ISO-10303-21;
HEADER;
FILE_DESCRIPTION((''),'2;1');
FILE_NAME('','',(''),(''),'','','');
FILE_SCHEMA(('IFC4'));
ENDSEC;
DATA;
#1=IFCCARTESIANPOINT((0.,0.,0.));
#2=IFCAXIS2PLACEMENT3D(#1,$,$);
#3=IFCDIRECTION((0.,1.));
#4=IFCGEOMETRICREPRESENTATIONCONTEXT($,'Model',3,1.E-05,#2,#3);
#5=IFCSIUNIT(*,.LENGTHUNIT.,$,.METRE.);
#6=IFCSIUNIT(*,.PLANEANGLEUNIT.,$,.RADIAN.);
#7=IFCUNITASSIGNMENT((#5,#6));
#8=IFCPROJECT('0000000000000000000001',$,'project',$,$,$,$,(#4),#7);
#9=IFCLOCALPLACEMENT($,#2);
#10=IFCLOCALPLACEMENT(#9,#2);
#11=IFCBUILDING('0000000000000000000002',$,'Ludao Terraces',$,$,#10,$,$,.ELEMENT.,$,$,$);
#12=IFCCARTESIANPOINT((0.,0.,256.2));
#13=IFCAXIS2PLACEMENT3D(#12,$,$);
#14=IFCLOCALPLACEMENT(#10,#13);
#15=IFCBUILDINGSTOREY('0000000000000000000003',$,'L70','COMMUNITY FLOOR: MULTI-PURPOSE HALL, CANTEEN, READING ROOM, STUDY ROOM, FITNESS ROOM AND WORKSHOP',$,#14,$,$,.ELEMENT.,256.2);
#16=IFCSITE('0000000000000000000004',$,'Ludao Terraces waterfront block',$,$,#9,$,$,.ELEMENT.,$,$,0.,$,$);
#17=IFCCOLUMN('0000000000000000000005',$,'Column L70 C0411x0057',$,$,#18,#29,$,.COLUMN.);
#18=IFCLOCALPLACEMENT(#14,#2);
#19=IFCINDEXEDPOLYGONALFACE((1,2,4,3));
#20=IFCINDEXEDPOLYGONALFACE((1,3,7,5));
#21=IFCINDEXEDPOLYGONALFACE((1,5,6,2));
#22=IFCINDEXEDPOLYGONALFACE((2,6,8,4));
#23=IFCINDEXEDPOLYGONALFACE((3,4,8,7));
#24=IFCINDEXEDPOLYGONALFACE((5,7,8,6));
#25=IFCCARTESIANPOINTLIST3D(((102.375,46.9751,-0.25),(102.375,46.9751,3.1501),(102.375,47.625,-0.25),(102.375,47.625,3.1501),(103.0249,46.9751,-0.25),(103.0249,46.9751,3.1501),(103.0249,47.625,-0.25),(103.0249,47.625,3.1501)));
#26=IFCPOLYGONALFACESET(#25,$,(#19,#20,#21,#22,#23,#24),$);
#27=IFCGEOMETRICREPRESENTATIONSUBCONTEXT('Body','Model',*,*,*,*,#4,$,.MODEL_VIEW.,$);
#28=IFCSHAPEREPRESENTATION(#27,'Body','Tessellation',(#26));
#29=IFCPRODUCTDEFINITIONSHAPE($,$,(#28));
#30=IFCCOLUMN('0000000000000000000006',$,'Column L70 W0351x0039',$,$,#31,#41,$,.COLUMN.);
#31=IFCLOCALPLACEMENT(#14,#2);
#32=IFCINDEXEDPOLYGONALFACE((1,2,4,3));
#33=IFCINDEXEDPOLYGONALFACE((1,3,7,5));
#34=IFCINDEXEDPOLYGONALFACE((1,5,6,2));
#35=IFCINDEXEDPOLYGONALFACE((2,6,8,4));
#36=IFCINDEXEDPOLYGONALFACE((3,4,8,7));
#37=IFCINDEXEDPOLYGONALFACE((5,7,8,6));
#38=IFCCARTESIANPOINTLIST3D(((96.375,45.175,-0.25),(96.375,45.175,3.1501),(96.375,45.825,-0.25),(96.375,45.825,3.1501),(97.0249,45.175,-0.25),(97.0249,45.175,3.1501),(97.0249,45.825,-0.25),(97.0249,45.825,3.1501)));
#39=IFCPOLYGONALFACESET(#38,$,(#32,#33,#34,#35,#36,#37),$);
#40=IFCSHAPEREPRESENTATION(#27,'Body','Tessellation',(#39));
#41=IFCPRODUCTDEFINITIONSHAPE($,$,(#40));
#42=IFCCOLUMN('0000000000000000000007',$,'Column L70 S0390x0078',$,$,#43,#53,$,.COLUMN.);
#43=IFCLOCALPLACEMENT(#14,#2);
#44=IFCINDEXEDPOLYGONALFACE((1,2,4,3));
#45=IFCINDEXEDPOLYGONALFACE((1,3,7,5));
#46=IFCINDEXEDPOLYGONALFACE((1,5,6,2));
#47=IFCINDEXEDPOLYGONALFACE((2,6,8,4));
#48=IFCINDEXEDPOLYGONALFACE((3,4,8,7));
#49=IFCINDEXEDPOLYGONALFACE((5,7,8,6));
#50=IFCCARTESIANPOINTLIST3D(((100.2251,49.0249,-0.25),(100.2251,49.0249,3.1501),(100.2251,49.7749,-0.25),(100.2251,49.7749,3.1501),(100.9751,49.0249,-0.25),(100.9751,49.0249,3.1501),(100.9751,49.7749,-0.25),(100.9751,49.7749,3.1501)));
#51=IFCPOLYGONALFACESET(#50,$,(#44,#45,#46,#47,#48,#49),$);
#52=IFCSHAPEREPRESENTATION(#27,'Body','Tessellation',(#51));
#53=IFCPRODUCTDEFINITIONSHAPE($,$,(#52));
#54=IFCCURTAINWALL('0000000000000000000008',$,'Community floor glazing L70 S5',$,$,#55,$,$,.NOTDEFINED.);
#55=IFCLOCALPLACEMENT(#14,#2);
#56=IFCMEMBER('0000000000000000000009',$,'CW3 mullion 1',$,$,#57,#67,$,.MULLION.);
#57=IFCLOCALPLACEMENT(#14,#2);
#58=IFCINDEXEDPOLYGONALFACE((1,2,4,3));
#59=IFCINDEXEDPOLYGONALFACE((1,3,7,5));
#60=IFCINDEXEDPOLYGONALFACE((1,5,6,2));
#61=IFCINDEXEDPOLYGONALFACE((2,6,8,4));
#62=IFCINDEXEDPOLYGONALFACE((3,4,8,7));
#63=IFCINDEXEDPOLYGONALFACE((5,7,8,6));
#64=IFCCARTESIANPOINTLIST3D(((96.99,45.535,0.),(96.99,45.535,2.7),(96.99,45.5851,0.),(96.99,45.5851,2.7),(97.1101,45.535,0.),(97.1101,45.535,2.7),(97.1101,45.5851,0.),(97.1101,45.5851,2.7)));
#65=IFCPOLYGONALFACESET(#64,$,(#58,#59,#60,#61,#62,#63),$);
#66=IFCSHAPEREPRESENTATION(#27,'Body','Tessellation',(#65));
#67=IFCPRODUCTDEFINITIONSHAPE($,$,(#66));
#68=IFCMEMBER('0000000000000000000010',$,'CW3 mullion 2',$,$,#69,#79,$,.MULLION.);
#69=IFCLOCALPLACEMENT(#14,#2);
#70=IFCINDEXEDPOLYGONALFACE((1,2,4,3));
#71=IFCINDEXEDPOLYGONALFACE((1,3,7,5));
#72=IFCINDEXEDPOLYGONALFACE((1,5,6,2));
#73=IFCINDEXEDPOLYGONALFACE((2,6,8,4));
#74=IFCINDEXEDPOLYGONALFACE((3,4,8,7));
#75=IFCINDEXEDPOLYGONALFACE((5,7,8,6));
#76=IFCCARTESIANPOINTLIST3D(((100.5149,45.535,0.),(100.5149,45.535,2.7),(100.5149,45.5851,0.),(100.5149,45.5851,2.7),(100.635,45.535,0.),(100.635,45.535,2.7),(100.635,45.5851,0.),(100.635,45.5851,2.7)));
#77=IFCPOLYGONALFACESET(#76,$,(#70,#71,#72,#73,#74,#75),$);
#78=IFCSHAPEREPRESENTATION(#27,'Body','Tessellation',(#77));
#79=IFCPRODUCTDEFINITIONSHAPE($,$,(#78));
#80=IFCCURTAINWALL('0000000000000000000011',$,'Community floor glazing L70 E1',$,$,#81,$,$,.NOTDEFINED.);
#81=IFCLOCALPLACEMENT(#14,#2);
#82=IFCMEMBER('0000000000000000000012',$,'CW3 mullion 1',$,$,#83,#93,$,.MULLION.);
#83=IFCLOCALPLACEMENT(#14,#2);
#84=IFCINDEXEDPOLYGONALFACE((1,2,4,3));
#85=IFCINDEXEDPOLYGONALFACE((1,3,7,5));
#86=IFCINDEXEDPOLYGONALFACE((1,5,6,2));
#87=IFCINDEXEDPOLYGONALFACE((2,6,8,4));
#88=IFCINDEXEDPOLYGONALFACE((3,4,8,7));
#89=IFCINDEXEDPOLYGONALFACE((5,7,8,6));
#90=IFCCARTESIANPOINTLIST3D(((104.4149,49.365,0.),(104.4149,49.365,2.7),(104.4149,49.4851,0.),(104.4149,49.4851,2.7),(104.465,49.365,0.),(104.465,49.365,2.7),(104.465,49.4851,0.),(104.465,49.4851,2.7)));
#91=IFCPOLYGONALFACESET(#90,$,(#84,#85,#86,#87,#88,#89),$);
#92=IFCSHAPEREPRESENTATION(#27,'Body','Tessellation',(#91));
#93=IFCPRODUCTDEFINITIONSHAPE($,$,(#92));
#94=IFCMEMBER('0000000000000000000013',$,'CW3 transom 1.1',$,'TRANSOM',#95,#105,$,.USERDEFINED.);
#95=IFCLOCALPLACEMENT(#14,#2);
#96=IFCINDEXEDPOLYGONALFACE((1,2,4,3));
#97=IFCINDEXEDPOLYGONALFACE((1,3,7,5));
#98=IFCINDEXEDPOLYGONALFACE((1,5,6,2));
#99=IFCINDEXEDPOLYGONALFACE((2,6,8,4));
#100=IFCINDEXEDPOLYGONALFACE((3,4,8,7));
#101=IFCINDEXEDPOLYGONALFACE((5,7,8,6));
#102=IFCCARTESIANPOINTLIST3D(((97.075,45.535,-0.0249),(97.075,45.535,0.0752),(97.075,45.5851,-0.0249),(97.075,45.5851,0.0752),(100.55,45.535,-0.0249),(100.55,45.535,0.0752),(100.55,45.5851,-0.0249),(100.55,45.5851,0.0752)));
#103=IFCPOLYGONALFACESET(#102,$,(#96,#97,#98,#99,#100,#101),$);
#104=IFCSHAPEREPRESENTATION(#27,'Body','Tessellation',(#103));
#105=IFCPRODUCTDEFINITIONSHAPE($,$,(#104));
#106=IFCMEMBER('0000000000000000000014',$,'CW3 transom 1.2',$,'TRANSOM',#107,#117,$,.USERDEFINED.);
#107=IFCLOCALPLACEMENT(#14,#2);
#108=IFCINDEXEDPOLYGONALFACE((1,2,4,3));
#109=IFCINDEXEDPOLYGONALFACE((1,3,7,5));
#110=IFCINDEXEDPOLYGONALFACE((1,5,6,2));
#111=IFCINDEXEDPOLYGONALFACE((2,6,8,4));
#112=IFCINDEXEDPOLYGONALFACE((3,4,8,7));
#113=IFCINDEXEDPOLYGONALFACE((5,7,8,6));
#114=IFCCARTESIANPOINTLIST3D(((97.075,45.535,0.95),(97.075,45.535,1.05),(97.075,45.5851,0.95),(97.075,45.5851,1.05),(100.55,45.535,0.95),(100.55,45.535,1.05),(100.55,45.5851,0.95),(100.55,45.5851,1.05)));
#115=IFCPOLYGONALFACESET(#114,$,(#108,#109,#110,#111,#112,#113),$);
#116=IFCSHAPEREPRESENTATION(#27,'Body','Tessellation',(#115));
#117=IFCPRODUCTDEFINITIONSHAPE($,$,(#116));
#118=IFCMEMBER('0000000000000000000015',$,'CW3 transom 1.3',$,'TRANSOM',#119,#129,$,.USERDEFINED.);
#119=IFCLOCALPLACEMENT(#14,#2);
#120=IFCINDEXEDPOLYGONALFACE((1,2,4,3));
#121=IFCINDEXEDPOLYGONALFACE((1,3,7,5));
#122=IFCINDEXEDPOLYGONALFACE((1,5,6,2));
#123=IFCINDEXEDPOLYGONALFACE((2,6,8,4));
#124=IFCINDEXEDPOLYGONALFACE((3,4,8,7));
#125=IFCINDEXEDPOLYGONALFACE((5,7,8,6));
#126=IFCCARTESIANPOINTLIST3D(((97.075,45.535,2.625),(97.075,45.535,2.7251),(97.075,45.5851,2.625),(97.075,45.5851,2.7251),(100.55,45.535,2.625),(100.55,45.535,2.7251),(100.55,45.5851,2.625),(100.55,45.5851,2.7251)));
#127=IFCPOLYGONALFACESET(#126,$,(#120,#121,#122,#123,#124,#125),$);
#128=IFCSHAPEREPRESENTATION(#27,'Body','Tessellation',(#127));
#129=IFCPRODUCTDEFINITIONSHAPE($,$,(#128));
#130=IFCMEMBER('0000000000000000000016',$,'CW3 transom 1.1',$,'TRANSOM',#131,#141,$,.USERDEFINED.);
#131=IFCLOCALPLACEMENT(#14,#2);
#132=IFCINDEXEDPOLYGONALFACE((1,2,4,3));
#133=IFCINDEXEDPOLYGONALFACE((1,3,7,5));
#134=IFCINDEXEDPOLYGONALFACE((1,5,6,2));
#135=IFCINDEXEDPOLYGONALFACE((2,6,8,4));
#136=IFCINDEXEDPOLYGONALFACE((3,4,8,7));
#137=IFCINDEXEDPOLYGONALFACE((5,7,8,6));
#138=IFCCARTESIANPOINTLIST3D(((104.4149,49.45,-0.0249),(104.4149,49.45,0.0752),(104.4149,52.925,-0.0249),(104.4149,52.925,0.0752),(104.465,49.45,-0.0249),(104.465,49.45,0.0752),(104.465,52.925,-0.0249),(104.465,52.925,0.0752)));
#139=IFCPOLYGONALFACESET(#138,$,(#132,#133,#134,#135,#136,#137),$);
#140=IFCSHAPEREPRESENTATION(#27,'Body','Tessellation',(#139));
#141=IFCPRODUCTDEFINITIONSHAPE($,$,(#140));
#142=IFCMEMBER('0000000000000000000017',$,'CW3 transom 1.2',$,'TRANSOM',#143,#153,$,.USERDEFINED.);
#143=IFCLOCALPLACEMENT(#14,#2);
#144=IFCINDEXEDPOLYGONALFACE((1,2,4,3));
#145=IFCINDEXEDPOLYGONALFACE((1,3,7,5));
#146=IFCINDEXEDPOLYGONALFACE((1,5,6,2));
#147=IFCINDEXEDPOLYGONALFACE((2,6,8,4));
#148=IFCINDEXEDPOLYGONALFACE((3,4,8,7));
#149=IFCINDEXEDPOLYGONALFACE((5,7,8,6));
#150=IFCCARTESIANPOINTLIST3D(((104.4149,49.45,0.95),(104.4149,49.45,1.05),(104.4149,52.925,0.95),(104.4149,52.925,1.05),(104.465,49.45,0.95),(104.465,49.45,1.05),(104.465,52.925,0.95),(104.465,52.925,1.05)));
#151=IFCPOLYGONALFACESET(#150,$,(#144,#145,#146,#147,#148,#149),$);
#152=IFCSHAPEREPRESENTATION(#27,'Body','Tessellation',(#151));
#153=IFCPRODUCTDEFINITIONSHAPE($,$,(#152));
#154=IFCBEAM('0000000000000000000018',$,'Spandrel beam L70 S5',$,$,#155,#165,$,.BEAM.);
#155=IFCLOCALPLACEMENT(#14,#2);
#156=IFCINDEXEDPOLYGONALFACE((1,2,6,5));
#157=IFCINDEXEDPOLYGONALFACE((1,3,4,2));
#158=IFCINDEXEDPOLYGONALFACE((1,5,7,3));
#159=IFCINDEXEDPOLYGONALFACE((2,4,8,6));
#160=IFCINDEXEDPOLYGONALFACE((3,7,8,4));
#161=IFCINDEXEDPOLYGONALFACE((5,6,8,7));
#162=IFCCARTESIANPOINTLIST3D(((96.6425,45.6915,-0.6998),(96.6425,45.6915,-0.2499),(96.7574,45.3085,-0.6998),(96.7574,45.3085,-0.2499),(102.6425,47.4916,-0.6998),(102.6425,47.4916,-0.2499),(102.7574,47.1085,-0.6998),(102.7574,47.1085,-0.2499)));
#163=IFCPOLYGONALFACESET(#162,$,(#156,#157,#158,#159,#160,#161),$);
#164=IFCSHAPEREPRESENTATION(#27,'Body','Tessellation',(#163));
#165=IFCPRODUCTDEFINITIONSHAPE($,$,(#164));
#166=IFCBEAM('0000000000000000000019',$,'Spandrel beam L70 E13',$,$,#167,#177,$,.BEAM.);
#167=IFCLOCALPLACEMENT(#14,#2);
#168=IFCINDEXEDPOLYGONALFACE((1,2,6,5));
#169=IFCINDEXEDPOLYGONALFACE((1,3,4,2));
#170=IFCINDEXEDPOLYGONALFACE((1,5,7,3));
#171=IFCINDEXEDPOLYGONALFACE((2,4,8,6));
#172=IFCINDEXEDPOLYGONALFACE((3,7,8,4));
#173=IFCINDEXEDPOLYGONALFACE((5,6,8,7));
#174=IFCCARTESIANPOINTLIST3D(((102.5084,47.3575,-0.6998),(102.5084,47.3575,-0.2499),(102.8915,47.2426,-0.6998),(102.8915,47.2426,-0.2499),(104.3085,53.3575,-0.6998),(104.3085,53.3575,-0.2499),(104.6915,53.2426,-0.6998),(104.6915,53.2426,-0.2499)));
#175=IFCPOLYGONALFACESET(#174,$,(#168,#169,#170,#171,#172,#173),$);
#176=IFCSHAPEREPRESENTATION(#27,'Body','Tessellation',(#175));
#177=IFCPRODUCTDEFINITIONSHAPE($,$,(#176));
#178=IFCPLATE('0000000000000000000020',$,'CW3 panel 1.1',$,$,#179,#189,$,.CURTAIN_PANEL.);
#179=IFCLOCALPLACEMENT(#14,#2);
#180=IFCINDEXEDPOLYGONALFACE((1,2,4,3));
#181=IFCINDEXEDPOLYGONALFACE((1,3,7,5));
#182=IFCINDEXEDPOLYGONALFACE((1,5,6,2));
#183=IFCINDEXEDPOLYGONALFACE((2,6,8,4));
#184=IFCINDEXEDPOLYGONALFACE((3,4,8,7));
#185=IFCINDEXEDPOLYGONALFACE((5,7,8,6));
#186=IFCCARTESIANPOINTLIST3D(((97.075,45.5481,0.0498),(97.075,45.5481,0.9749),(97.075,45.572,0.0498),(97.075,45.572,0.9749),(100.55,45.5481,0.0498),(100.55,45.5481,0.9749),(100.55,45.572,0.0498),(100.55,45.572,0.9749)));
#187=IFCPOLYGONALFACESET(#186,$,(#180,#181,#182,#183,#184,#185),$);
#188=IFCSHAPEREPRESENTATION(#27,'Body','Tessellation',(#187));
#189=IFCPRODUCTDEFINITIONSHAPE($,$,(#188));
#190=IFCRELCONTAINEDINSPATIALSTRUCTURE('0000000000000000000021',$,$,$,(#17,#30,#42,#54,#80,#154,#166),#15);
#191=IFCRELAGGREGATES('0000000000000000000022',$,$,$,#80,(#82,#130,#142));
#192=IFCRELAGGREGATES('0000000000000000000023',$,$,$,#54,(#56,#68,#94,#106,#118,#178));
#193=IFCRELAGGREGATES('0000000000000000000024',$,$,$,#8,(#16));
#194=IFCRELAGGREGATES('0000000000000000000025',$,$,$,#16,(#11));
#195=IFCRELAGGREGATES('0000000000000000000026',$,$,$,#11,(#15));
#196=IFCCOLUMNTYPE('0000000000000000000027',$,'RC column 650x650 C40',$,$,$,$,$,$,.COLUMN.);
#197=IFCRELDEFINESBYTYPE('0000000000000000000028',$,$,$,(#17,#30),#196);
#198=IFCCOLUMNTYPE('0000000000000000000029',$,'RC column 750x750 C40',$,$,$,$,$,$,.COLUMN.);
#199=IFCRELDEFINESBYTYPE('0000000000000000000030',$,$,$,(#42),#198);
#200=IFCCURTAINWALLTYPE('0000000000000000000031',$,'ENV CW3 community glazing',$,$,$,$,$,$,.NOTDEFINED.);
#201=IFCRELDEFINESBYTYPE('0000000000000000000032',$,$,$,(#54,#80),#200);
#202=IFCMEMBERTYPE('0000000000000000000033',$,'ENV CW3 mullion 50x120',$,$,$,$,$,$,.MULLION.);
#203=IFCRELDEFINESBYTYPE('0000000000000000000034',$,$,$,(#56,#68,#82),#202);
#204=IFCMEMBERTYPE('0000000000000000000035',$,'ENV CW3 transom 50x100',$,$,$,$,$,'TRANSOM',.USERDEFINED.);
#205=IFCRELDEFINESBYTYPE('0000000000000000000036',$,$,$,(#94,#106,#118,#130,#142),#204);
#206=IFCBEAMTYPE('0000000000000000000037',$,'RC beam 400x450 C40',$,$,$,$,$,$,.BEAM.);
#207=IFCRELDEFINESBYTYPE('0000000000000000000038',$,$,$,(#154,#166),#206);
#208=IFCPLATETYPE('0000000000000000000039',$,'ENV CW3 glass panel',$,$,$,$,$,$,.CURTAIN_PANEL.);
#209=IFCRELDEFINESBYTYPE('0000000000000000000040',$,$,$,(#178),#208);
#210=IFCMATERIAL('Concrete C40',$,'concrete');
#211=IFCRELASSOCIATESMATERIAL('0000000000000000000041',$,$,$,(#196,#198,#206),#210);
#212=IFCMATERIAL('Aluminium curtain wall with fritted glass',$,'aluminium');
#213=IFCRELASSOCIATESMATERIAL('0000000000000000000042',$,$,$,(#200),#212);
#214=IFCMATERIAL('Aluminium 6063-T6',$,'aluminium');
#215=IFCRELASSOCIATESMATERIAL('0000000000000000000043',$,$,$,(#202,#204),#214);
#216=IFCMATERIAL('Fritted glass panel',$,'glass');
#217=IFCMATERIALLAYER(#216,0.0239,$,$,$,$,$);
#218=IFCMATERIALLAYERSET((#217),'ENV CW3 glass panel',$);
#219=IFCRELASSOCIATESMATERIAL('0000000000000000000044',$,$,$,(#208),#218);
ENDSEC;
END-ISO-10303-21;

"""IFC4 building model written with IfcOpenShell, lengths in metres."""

from ifc_helpers import new_model, si_unit, direction, frame, origin, origin_2d, place, context, subcontext, project, spatial, rectangle, extrude, material, layer, layer_set, material_profile, profile_set, type_object, element, aggregate, save


model = new_model("IFC4")

# Units and contexts
model_context = context("Model", 3, precision=1e-05, world=origin(), true_north=direction((0.0, 1.0)))
body_context = subcontext(model_context, "Body", "Model", "MODEL_VIEW")
ifc_project = project(units=[si_unit("LENGTHUNIT", "METRE"), si_unit("PLANEANGLEUNIT", "RADIAN")], contexts=[model_context])

# Site, building, storey
site_placement = place(None, origin())
site = spatial("IfcSite", under=ifc_project, at=site_placement, Name="Ludao Terraces waterfront block", CompositionType="ELEMENT", RefElevation=0.0)
building_placement = place(site_placement, origin())
building = spatial("IfcBuilding", under=site, at=building_placement, Name="Ludao Terraces", CompositionType="ELEMENT")
storey_placement = place(building_placement, frame((0.0, 0.0, 256.2)))
storey = spatial("IfcBuildingStorey", under=building, at=storey_placement, Name="L70", Description="COMMUNITY FLOOR: MULTI-PURPOSE HALL, CANTEEN, READING ROOM, STUDY ROOM, FITNESS ROOM AND WORKSHOP", CompositionType="ELEMENT", Elevation=256.2)

# Columns
ifc_material_1 = material(Name="Concrete C40", Category="concrete")
ifc_material_profile_1 = material_profile(ifc_material_1, rectangle(XDim=0.6499, YDim=0.6499, at=origin_2d()), Name="650 X 650")
ifc_profile_set_1 = profile_set([ifc_material_profile_1], Name="Concrete C40")
column_type_1 = type_object("IfcColumnType", Name="RC column 650x650 C40", PredefinedType="COLUMN", material=ifc_profile_set_1)
for number, where, z_axis, x_axis, name in (
    (1, (102.7, 47.3, -0.25), (0.0, 0.0, 1.0), (1.0, 0.0, 0.0), "Column L70 C0411x0057"),
    (2, (96.7, 45.5, -0.25), (0.0, 0.0, 1.0), (1.0, 0.0, 0.0), "Column L70 W0351x0039"),
):
    element("IfcColumn", number, at=place(storey_placement, frame(where, z_axis=z_axis, x_axis=x_axis)), inside=storey, type_object=column_type_1, Name=name, PredefinedType="COLUMN", context=body_context, shape_type="SweptSolid", body=[
        extrude(rectangle(XDim=0.6499, YDim=0.6499, at=origin_2d()), origin(), (0.0, 0.0, 1.0), 3.4001),
    ])
ifc_material_profile_2 = material_profile(ifc_material_1, rectangle(XDim=0.75, YDim=0.75, at=origin_2d()), Name="750 X 750")
ifc_profile_set_2 = profile_set([ifc_material_profile_2], Name="Concrete C40")
column_type_2 = type_object("IfcColumnType", Name="RC column 750x750 C40", PredefinedType="COLUMN", material=ifc_profile_set_2)
column_placement = place(storey_placement, frame((100.6001, 49.3999, -0.25), z_axis=(0.0, 0.0, 1.0), x_axis=(1.0, 0.0, 0.0)))
element("IfcColumn", 3, at=column_placement, inside=storey, type_object=column_type_2, Name="Column L70 S0390x0078", PredefinedType="COLUMN", context=body_context, shape_type="SweptSolid", body=[
    extrude(rectangle(XDim=0.75, YDim=0.75, at=origin_2d()), origin(), (0.0, 0.0, 1.0), 3.4001),
])

# Curtain wall, members
ifc_material_2 = material(Name="Aluminium curtain wall with fritted glass", Category="aluminium")
curtain_wall_type = type_object("IfcCurtainWallType", Name="ENV CW3 community glazing", PredefinedType="NOTDEFINED", material=ifc_material_2)
curtain_wall_1_placement = place(storey_placement, origin())
curtain_wall_1 = element("IfcCurtainWall", 4, at=curtain_wall_1_placement, inside=storey, type_object=curtain_wall_type, Name="Community floor glazing L70 S5", PredefinedType="NOTDEFINED")
ifc_material_3 = material(Name="Aluminium 6063-T6", Category="aluminium")
ifc_material_profile_3 = material_profile(ifc_material_3, rectangle(XDim=0.05, YDim=0.1201, at=origin_2d()), Name="50 X 120")
ifc_profile_set_3 = profile_set([ifc_material_profile_3], Name="Aluminium 6063-T6")
member_type_1 = type_object("IfcMemberType", Name="ENV CW3 mullion 50x120", PredefinedType="MULLION", material=ifc_profile_set_3)
member_1_placement = place(storey_placement, frame((97.05, 45.5601, 0.0), z_axis=(0.0, 0.0, 1.0), x_axis=(0.0, 1.0, 0.0)))
member_1 = element("IfcMember", 5, at=member_1_placement, type_object=member_type_1, Name="CW3 mullion 1", PredefinedType="MULLION", context=body_context, shape_type="SweptSolid", body=[
    extrude(rectangle(XDim=0.05, YDim=0.1201, at=origin_2d()), origin(), (0.0, 0.0, 1.0), 2.7),
])
member_2_placement = place(storey_placement, frame((100.575, 45.5601, 0.0), z_axis=(0.0, 0.0, 1.0), x_axis=(0.0, 1.0, 0.0)))
member_2 = element("IfcMember", 6, at=member_2_placement, type_object=member_type_1, Name="CW3 mullion 2", PredefinedType="MULLION", context=body_context, shape_type="SweptSolid", body=[
    extrude(rectangle(XDim=0.05, YDim=0.1201, at=origin_2d()), origin(), (0.0, 0.0, 1.0), 2.7),
])

# Curtain wall, member
curtain_wall_2_placement = place(storey_placement, origin())
curtain_wall_2 = element("IfcCurtainWall", 7, at=curtain_wall_2_placement, inside=storey, type_object=curtain_wall_type, Name="Community floor glazing L70 E1", PredefinedType="NOTDEFINED")
member_3_placement = place(storey_placement, frame((104.4399, 49.425, 0.0), z_axis=(0.0, 0.0, 1.0), x_axis=(-1.0, 0.0, 0.0)))
member_3 = element("IfcMember", 8, at=member_3_placement, type_object=member_type_1, Name="CW3 mullion 1", PredefinedType="MULLION", context=body_context, shape_type="SweptSolid", body=[
    extrude(rectangle(XDim=0.05, YDim=0.1201, at=origin_2d()), origin(), (0.0, 0.0, 1.0), 2.7),
])

# Members
ifc_material_profile_4 = material_profile(ifc_material_3, rectangle(XDim=0.05, YDim=0.1001, at=origin_2d()), Name="50 X 100")
ifc_profile_set_4 = profile_set([ifc_material_profile_4], Name="Aluminium 6063-T6")
member_type_2 = type_object("IfcMemberType", Name="ENV CW3 transom 50x100", ElementType="TRANSOM", PredefinedType="USERDEFINED", material=ifc_profile_set_4)
member_4_placement = place(storey_placement, frame((97.075, 45.5601, 0.0251), z_axis=(1.0, 0.0, 0.0), x_axis=(0.0, 1.0, 0.0)))
member_4 = element("IfcMember", 9, at=member_4_placement, type_object=member_type_2, Name="CW3 transom 1.1", ObjectType="TRANSOM", PredefinedType="USERDEFINED", context=body_context, shape_type="SweptSolid", body=[
    extrude(rectangle(XDim=0.05, YDim=0.1001, at=origin_2d()), origin(), (0.0, 0.0, 1.0), 3.4751),
])
member_5_placement = place(storey_placement, frame((97.075, 45.5601, 1.0), z_axis=(1.0, 0.0, 0.0), x_axis=(0.0, 1.0, 0.0)))
member_5 = element("IfcMember", 10, at=member_5_placement, type_object=member_type_2, Name="CW3 transom 1.2", ObjectType="TRANSOM", PredefinedType="USERDEFINED", context=body_context, shape_type="SweptSolid", body=[
    extrude(rectangle(XDim=0.05, YDim=0.1001, at=origin_2d()), origin(), (0.0, 0.0, 1.0), 3.4751),
])
member_6_placement = place(storey_placement, frame((97.075, 45.5601, 2.675), z_axis=(1.0, 0.0, 0.0), x_axis=(0.0, 1.0, 0.0)))
member_6 = element("IfcMember", 11, at=member_6_placement, type_object=member_type_2, Name="CW3 transom 1.3", ObjectType="TRANSOM", PredefinedType="USERDEFINED", context=body_context, shape_type="SweptSolid", body=[
    extrude(rectangle(XDim=0.05, YDim=0.1001, at=origin_2d()), origin(), (0.0, 0.0, 1.0), 3.4751),
])
member_7_placement = place(storey_placement, frame((104.4399, 49.45, 0.0251), z_axis=(0.0, 1.0, 0.0), x_axis=(-1.0, 0.0, 0.0)))
member_7 = element("IfcMember", 12, at=member_7_placement, type_object=member_type_2, Name="CW3 transom 1.1", ObjectType="TRANSOM", PredefinedType="USERDEFINED", context=body_context, shape_type="SweptSolid", body=[
    extrude(rectangle(XDim=0.05, YDim=0.1001, at=origin_2d()), origin(), (0.0, 0.0, 1.0), 3.4751),
])
member_8_placement = place(storey_placement, frame((104.4399, 49.45, 1.0), z_axis=(0.0, 1.0, 0.0), x_axis=(-1.0, 0.0, 0.0)))
member_8 = element("IfcMember", 13, at=member_8_placement, type_object=member_type_2, Name="CW3 transom 1.2", ObjectType="TRANSOM", PredefinedType="USERDEFINED", context=body_context, shape_type="SweptSolid", body=[
    extrude(rectangle(XDim=0.05, YDim=0.1001, at=origin_2d()), origin(), (0.0, 0.0, 1.0), 3.4751),
])
aggregate(curtain_wall_2, [member_3, member_7, member_8])

# Beams
ifc_material_profile_5 = material_profile(ifc_material_1, rectangle(XDim=0.3999, YDim=0.45, at=origin_2d()), Name="400 X 450")
ifc_profile_set_5 = profile_set([ifc_material_profile_5], Name="Concrete C40")
beam_type = type_object("IfcBeamType", Name="RC beam 400x450 C40", PredefinedType="BEAM", material=ifc_profile_set_5)
for number, where, z_axis, x_axis, name in (
    (14, (96.7, 45.5, -0.4749), (0.957824, 0.287355, 0.0), (-0.287355, 0.957824, 0.0), "Spandrel beam L70 S5"),
    (15, (102.7, 47.3, -0.4749), (0.287355, 0.957824, 0.0), (-0.957824, 0.287355, 0.0), "Spandrel beam L70 E13"),
):
    element("IfcBeam", number, at=place(storey_placement, frame(where, z_axis=z_axis, x_axis=x_axis)), inside=storey, type_object=beam_type, Name=name, PredefinedType="BEAM", context=body_context, shape_type="SweptSolid", body=[
        extrude(rectangle(XDim=0.3999, YDim=0.45, at=origin_2d()), origin(), (0.0, 0.0, 1.0), 6.2642),
    ])

# Plate
ifc_material_4 = material(Name="Fritted glass panel", Category="glass")
ifc_layer_1 = layer(ifc_material_4, 0.0239)
ifc_layer_set_1 = layer_set([ifc_layer_1], Name="ENV CW3 glass panel")
plate_type = type_object("IfcPlateType", Name="ENV CW3 glass panel", PredefinedType="CURTAIN_PANEL", material=ifc_layer_set_1)
plate_1_placement = place(storey_placement, frame((98.8125, 45.5601, 0.0498), z_axis=(0.0, 0.0, 1.0), x_axis=(1.0, 0.0, 0.0)))
plate_1 = element("IfcPlate", 16, at=plate_1_placement, type_object=plate_type, Name="CW3 panel 1.1", PredefinedType="CURTAIN_PANEL", context=body_context, shape_type="SweptSolid", body=[
    extrude(rectangle(XDim=3.4751, YDim=0.0239, at=origin_2d()), origin(), (0.0, 0.0, 1.0), 0.925),
])
aggregate(curtain_wall_1, [member_1, member_2, member_4, member_5, member_6, plate_1])

save(model, "model.ifc")
